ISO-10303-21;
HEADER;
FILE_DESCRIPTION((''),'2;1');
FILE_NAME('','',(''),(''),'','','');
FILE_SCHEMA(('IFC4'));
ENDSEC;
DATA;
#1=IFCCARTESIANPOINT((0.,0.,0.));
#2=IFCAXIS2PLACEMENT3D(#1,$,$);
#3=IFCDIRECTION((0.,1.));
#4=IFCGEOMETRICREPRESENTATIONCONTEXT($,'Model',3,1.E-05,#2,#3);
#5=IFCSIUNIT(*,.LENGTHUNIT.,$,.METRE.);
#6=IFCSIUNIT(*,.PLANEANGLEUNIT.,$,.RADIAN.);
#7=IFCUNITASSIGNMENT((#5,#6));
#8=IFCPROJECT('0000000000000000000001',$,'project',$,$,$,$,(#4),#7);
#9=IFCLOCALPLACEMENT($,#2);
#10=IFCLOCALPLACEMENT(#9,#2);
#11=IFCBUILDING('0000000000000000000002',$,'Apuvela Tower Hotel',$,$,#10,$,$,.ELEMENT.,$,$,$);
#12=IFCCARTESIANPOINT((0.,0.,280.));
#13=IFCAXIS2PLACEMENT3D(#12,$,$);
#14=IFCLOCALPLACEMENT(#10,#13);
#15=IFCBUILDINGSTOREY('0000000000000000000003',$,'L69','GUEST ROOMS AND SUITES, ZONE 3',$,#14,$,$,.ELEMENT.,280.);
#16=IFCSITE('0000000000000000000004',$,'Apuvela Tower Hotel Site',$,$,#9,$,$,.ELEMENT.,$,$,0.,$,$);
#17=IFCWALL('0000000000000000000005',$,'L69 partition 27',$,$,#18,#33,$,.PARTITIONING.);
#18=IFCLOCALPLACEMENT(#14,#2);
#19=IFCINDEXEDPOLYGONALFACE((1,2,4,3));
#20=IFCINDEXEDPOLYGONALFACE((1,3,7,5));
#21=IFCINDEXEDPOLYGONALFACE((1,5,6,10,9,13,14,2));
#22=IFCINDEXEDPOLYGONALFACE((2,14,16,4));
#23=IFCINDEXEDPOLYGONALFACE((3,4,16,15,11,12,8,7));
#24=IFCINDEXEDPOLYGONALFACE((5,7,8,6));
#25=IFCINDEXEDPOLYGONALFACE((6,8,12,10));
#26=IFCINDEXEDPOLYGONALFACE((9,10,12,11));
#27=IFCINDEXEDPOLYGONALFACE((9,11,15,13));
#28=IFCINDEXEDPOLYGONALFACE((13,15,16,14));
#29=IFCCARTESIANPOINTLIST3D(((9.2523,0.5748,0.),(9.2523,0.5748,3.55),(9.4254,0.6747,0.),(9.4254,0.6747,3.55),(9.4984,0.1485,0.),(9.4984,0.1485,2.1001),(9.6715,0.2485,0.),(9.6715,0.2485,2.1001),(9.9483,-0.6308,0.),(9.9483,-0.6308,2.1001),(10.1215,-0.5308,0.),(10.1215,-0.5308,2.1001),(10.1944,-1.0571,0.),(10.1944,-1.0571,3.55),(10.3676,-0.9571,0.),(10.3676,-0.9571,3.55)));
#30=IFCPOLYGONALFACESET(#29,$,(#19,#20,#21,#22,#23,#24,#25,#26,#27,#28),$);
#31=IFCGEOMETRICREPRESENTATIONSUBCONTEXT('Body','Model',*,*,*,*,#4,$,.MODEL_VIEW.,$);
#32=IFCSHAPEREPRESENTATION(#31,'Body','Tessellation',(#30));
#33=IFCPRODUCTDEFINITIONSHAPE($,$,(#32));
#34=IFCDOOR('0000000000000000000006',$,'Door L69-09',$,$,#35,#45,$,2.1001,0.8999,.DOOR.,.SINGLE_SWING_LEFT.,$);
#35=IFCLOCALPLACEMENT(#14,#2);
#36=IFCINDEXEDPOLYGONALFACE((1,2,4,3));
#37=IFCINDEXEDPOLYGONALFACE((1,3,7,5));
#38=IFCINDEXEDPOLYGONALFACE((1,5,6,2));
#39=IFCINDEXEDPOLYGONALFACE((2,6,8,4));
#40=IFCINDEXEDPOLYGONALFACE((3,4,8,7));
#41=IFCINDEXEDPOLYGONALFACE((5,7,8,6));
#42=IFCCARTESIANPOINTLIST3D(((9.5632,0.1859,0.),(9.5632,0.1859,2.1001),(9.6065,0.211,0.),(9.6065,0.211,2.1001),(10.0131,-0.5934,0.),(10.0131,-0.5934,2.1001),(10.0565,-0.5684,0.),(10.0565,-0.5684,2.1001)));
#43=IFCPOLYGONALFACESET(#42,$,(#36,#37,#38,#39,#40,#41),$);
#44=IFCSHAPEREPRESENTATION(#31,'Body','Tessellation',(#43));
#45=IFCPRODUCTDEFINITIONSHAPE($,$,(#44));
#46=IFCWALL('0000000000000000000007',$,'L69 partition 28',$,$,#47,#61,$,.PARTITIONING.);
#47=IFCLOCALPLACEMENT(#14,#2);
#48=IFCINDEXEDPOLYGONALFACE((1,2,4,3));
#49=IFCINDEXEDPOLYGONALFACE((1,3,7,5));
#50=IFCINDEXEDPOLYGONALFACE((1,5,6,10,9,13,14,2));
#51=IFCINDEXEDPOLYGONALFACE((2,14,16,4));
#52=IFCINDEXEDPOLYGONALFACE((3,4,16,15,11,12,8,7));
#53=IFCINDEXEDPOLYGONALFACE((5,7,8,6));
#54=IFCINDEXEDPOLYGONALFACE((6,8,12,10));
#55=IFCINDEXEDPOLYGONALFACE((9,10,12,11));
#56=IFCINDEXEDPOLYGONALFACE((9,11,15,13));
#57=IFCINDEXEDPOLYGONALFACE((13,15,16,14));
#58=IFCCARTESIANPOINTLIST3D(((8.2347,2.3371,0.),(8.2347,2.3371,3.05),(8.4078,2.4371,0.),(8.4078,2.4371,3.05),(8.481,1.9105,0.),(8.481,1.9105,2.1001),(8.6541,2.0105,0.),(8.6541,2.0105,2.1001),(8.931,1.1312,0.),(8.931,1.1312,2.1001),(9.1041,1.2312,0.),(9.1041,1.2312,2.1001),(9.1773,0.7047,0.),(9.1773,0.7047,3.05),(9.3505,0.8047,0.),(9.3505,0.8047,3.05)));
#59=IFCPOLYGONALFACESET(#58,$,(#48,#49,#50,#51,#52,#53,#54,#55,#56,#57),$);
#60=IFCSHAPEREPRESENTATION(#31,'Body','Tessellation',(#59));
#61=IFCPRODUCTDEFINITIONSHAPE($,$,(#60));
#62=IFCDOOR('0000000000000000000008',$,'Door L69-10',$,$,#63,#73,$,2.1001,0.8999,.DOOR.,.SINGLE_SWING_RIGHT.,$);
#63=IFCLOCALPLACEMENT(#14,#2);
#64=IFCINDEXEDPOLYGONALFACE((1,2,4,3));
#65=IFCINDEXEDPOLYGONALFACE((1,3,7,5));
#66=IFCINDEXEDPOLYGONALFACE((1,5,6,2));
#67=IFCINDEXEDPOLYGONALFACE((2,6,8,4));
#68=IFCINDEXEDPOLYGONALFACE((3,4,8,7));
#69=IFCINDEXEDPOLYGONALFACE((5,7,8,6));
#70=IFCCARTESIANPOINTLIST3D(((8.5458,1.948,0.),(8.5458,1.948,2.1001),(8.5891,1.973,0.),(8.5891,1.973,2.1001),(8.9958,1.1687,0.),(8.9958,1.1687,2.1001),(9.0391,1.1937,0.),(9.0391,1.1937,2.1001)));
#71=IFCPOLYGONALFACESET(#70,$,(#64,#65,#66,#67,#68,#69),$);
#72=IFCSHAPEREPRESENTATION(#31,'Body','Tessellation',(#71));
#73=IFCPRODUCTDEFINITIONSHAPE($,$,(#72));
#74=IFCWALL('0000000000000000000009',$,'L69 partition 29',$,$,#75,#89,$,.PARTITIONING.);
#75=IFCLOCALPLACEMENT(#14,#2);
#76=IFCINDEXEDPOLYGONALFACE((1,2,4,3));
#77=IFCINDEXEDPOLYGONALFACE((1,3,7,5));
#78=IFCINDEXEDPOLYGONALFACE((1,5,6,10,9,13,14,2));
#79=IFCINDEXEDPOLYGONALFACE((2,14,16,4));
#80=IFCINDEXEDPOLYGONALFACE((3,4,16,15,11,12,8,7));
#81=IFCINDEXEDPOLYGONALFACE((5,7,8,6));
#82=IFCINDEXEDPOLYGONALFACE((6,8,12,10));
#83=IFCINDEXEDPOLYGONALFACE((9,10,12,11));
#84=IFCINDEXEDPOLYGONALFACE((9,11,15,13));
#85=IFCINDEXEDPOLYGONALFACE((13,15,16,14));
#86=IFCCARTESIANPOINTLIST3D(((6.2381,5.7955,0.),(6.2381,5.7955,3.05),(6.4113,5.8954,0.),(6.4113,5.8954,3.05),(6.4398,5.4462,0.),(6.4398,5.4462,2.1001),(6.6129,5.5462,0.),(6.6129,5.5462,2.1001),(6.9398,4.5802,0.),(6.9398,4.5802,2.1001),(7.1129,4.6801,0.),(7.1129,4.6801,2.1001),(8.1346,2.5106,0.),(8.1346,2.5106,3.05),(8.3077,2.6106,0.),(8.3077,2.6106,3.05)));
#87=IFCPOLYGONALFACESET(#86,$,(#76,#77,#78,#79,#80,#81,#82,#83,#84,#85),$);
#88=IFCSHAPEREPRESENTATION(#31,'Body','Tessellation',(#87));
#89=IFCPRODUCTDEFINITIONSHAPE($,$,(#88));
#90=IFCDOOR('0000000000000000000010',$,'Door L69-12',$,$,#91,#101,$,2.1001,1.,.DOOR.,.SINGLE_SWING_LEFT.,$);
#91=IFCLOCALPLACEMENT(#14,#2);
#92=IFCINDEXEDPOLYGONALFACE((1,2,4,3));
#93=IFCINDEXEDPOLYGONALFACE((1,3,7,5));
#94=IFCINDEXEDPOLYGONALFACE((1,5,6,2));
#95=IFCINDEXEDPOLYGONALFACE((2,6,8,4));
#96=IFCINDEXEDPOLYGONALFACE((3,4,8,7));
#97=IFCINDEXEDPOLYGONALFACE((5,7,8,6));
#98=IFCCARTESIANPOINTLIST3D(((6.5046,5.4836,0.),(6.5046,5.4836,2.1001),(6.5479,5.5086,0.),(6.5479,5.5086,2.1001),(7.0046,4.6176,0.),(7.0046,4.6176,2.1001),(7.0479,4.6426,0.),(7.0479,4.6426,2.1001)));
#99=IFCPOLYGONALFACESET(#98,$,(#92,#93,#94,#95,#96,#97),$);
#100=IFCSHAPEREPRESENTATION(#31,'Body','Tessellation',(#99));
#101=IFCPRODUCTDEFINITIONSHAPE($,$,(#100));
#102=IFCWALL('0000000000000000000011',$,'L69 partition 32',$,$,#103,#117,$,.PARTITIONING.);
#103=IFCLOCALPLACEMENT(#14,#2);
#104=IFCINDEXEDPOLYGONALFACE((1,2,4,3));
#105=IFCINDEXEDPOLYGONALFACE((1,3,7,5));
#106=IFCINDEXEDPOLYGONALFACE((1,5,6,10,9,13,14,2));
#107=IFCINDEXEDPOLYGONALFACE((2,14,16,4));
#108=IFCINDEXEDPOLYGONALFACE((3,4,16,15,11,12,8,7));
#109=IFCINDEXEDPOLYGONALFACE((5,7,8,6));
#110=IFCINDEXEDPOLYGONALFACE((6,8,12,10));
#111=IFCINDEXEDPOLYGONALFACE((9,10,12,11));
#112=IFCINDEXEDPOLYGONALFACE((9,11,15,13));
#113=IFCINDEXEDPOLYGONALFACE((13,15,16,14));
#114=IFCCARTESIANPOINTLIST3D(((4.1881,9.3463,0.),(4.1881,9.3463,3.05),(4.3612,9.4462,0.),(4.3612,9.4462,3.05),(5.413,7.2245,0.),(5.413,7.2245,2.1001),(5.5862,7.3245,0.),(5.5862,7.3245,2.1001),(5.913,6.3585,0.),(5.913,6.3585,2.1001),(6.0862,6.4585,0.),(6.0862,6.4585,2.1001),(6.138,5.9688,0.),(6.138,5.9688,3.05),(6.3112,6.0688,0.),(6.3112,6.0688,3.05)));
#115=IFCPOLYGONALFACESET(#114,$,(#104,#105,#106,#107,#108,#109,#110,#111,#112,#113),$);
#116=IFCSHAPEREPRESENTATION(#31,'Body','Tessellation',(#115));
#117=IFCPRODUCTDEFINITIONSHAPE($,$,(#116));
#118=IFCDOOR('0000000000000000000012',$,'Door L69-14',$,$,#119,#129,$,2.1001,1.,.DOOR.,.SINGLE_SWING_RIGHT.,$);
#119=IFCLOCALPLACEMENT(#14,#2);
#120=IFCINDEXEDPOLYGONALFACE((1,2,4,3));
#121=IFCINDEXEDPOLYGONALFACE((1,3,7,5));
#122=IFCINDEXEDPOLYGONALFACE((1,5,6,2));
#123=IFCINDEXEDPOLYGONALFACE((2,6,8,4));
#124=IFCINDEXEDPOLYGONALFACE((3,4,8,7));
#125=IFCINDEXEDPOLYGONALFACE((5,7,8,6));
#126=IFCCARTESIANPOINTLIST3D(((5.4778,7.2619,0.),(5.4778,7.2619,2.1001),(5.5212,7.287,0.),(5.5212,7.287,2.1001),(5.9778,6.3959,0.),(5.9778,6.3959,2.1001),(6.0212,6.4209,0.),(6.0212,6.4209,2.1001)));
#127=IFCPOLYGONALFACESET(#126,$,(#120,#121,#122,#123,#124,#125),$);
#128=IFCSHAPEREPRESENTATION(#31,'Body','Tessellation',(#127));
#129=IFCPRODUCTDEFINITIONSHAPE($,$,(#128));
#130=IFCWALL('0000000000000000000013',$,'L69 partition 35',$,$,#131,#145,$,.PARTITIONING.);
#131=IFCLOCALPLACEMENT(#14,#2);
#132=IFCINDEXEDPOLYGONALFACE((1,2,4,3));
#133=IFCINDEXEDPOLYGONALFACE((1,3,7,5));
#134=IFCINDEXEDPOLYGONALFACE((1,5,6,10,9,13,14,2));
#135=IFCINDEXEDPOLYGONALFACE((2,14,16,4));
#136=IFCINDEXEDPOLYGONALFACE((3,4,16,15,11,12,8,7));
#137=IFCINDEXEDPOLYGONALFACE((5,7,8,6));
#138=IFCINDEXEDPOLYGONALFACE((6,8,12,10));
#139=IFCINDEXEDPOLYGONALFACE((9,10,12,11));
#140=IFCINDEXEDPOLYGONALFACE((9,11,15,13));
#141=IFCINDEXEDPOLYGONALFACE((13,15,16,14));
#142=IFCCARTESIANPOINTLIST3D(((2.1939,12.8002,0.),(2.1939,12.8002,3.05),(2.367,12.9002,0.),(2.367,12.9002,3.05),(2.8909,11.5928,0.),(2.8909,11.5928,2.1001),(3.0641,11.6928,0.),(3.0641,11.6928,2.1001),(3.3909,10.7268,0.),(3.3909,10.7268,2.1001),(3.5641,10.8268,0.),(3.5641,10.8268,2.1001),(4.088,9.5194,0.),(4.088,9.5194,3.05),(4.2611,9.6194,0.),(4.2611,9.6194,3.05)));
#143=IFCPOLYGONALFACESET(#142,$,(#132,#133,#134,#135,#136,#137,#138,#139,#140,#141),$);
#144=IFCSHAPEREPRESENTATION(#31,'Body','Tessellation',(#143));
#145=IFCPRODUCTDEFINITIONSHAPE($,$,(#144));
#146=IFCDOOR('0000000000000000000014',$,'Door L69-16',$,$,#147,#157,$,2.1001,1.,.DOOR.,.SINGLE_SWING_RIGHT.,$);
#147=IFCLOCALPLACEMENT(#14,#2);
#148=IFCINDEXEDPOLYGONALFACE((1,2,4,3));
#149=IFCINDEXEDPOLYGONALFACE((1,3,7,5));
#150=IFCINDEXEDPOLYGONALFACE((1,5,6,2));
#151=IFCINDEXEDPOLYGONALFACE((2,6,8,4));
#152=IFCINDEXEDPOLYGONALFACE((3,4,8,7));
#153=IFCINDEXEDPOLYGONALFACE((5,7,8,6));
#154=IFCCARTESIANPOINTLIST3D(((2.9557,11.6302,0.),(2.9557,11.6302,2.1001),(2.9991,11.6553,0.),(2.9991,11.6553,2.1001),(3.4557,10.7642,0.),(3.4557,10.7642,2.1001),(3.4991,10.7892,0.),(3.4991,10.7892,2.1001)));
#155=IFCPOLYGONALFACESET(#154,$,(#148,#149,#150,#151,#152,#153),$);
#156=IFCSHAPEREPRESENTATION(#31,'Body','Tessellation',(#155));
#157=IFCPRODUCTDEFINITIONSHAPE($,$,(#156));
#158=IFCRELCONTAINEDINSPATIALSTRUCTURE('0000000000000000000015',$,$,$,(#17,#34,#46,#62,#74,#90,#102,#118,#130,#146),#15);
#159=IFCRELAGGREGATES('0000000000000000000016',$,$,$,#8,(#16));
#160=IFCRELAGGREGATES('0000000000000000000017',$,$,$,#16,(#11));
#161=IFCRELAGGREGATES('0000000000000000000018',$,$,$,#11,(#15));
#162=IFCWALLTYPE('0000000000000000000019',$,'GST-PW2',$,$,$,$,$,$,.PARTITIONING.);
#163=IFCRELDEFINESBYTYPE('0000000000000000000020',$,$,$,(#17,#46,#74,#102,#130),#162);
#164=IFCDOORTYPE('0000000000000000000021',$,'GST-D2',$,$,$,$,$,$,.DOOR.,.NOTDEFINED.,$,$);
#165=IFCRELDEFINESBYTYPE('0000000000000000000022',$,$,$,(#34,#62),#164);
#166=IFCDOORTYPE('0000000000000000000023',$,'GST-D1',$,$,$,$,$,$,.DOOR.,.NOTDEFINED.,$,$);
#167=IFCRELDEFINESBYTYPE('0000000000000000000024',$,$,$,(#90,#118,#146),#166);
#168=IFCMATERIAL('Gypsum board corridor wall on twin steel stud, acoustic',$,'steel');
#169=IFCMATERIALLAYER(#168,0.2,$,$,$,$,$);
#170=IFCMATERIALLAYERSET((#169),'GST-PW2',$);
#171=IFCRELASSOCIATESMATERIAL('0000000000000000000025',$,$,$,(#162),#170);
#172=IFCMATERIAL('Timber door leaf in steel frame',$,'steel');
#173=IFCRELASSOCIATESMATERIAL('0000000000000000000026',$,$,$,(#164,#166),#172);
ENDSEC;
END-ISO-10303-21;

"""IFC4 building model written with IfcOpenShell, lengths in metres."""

from ifc_helpers import new_model, si_unit, direction, frame, frame_2d, origin, place, context, subcontext, project, spatial, rectangle, extrude, material, layer, layer_set, type_object, element, fill, save


model = new_model("IFC4")

# Units and contexts
model_context = context("Model", 3, precision=1e-05, world=origin(), true_north=direction((0.0, 1.0)))
body_context = subcontext(model_context, "Body", "Model", "MODEL_VIEW")
ifc_project = project(units=[si_unit("LENGTHUNIT", "METRE"), si_unit("PLANEANGLEUNIT", "RADIAN")], contexts=[model_context])

# Site, building, storey
site_placement = place(None, origin())
site = spatial("IfcSite", under=ifc_project, at=site_placement, Name="Apuvela Tower Hotel Site", CompositionType="ELEMENT", RefElevation=0.0)
building_placement = place(site_placement, origin())
building = spatial("IfcBuilding", under=site, at=building_placement, Name="Apuvela Tower Hotel", CompositionType="ELEMENT")
storey_placement = place(building_placement, frame((0.0, 0.0, 280.0)))
storey = spatial("IfcBuildingStorey", under=building, at=storey_placement, Name="L69", Description="GUEST ROOMS AND SUITES, ZONE 3", CompositionType="ELEMENT", Elevation=280.0)

# Walls, openings, doors
ifc_material_1 = material(Name="Gypsum board corridor wall on twin steel stud, acoustic", Category="steel")
ifc_layer_1 = layer(ifc_material_1, 0.2)
ifc_layer_set_1 = layer_set([ifc_layer_1], Name="GST-PW2")
wall_type_1 = type_object("IfcWallType", Name="GST-PW2", PredefinedType="PARTITIONING", material=ifc_layer_set_1)
wall_1_placement = place(storey_placement, frame((9.3389, 0.6248, 0.0), z_axis=(0.0, 0.0, 1.0), x_axis=(0.499999, -0.866026, 0.0)))
wall_1 = element("IfcWall", 1, at=wall_1_placement, inside=storey, type_object=wall_type_1, Name="L69 partition 27", PredefinedType="PARTITIONING", context=body_context, shape_type="SweptSolid", body=[
    extrude(rectangle(XDim=1.8843, YDim=0.2, at=frame_2d((0.9421, 0.0))), origin(), (0.0, 0.0, 1.0), 3.55),
])
opening_1_placement = place(wall_1_placement, frame((0.4922, 0.0, 0.0)))
opening_1 = element("IfcOpeningElement", 2, at=opening_1_placement, cuts=wall_1, PredefinedType="OPENING", context=body_context, shape_type="SweptSolid", body=[
    extrude(rectangle(XDim=0.8999, YDim=2.1001, at=frame_2d((0.45, 1.05))), frame((0.0, 0.1099, 0.0), z_axis=(0.0, -1.0, 0.0), x_axis=(1.0, 0.0, 0.0)), (0.0, 0.0, 1.0), 0.22),
])
ifc_material_2 = material(Name="Timber door leaf in steel frame", Category="steel")
door_type_1 = type_object("IfcDoorType", Name="GST-D2", OperationType="NOTDEFINED", PredefinedType="DOOR", material=ifc_material_2)
door_1_placement = place(opening_1_placement, origin())
door_1 = element("IfcDoor", 3, at=door_1_placement, inside=storey, type_object=door_type_1, Name="Door L69-09", OperationType="SINGLE_SWING_LEFT", OverallHeight=2.1001, OverallWidth=0.8999, PredefinedType="DOOR", context=body_context, shape_type="SweptSolid", body=[
    extrude(rectangle(XDim=0.8999, YDim=2.1001, at=frame_2d((0.45, 1.05))), frame((0.0, 0.0249, 0.0), z_axis=(0.0, -1.0, 0.0), x_axis=(1.0, 0.0, 0.0)), (0.0, 0.0, 1.0), 0.05),
])
fill(opening_1, door_1)
wall_2_placement = place(storey_placement, frame((8.3213, 2.387, 0.0), z_axis=(0.0, 0.0, 1.0), x_axis=(0.500081, -0.865979, 0.0)))
wall_2 = element("IfcWall", 4, at=wall_2_placement, inside=storey, type_object=wall_type_1, Name="L69 partition 28", PredefinedType="PARTITIONING", context=body_context, shape_type="SweptSolid", body=[
    extrude(rectangle(XDim=1.885, YDim=0.2, at=frame_2d((0.9424, 0.0))), origin(), (0.0, 0.0, 1.0), 3.05),
])
opening_2_placement = place(wall_2_placement, frame((0.4924, 0.0, 0.0)))
opening_2 = element("IfcOpeningElement", 5, at=opening_2_placement, cuts=wall_2, PredefinedType="OPENING", context=body_context, shape_type="SweptSolid", body=[
    extrude(rectangle(XDim=0.8999, YDim=2.1001, at=frame_2d((0.45, 1.05))), frame((0.0, 0.1099, 0.0), z_axis=(0.0, -1.0, 0.0), x_axis=(1.0, 0.0, 0.0)), (0.0, 0.0, 1.0), 0.22),
])
door_2_placement = place(opening_2_placement, origin())
door_2 = element("IfcDoor", 6, at=door_2_placement, inside=storey, type_object=door_type_1, Name="Door L69-10", OperationType="SINGLE_SWING_RIGHT", OverallHeight=2.1001, OverallWidth=0.8999, PredefinedType="DOOR", context=body_context, shape_type="SweptSolid", body=[
    extrude(rectangle(XDim=0.8999, YDim=2.1001, at=frame_2d((0.45, 1.05))), frame((0.0, 0.0249, 0.0), z_axis=(0.0, -1.0, 0.0), x_axis=(1.0, 0.0, 0.0)), (0.0, 0.0, 1.0), 0.05),
])
fill(opening_2, door_2)
wall_3_placement = place(storey_placement, frame((6.3247, 5.8455, 0.0), z_axis=(0.0, 0.0, 1.0), x_axis=(0.499988, -0.866032, 0.0)))
wall_3 = element("IfcWall", 7, at=wall_3_placement, inside=storey, type_object=wall_type_1, Name="L69 partition 29", PredefinedType="PARTITIONING", context=body_context, shape_type="SweptSolid", body=[
    extrude(rectangle(XDim=3.793, YDim=0.2, at=frame_2d((1.8965, 0.0))), origin(), (0.0, 0.0, 1.0), 3.05),
])
opening_3_placement = place(wall_3_placement, frame((0.4033, 0.0, 0.0)))
opening_3 = element("IfcOpeningElement", 8, at=opening_3_placement, cuts=wall_3, PredefinedType="OPENING", context=body_context, shape_type="SweptSolid", body=[
    extrude(rectangle(XDim=1.0, YDim=2.1001, at=frame_2d((0.5, 1.05))), frame((0.0, 0.1099, 0.0), z_axis=(0.0, -1.0, 0.0), x_axis=(1.0, 0.0, 0.0)), (0.0, 0.0, 1.0), 0.22),
])
door_type_2 = type_object("IfcDoorType", Name="GST-D1", OperationType="NOTDEFINED", PredefinedType="DOOR", material=ifc_material_2)
door_3_placement = place(opening_3_placement, origin())
door_3 = element("IfcDoor", 9, at=door_3_placement, inside=storey, type_object=door_type_2, Name="Door L69-12", OperationType="SINGLE_SWING_LEFT", OverallHeight=2.1001, OverallWidth=1.0, PredefinedType="DOOR", context=body_context, shape_type="SweptSolid", body=[
    extrude(rectangle(XDim=1.0, YDim=2.1001, at=frame_2d((0.5, 1.05))), frame((0.0, 0.0249, 0.0), z_axis=(0.0, -1.0, 0.0), x_axis=(1.0, 0.0, 0.0)), (0.0, 0.0, 1.0), 0.05),
])
fill(opening_3, door_3)
wall_4_placement = place(storey_placement, frame((4.2747, 9.3962, 0.0), z_axis=(0.0, 0.0, 1.0), x_axis=(0.499997, -0.866027, 0.0)))
wall_4 = element("IfcWall", 10, at=wall_4_placement, inside=storey, type_object=wall_type_1, Name="L69 partition 32", PredefinedType="PARTITIONING", context=body_context, shape_type="SweptSolid", body=[
    extrude(rectangle(XDim=3.8999, YDim=0.2, at=frame_2d((1.95, 0.0))), origin(), (0.0, 0.0, 1.0), 3.05),
])
opening_4_placement = place(wall_4_placement, frame((2.45, 0.0, 0.0)))
opening_4 = element("IfcOpeningElement", 11, at=opening_4_placement, cuts=wall_4, PredefinedType="OPENING", context=body_context, shape_type="SweptSolid", body=[
    extrude(rectangle(XDim=1.0, YDim=2.1001, at=frame_2d((0.5, 1.05))), frame((0.0, 0.1099, 0.0), z_axis=(0.0, -1.0, 0.0), x_axis=(1.0, 0.0, 0.0)), (0.0, 0.0, 1.0), 0.22),
])
door_4_placement = place(opening_4_placement, origin())
door_4 = element("IfcDoor", 12, at=door_4_placement, inside=storey, type_object=door_type_2, Name="Door L69-14", OperationType="SINGLE_SWING_RIGHT", OverallHeight=2.1001, OverallWidth=1.0, PredefinedType="DOOR", context=body_context, shape_type="SweptSolid", body=[
    extrude(rectangle(XDim=1.0, YDim=2.1001, at=frame_2d((0.5, 1.05))), frame((0.0, 0.0249, 0.0), z_axis=(0.0, -1.0, 0.0), x_axis=(1.0, 0.0, 0.0)), (0.0, 0.0, 1.0), 0.05),
])
fill(opening_4, door_4)
wall_5_placement = place(storey_placement, frame((2.2805, 12.8501, 0.0), z_axis=(0.0, 0.0, 1.0), x_axis=(0.499979, -0.866037, 0.0)))
wall_5 = element("IfcWall", 13, at=wall_5_placement, inside=storey, type_object=wall_type_1, Name="L69 partition 35", PredefinedType="PARTITIONING", context=body_context, shape_type="SweptSolid", body=[
    extrude(rectangle(XDim=3.7883, YDim=0.2, at=frame_2d((1.894, 0.0))), origin(), (0.0, 0.0, 1.0), 3.05),
])
opening_5_placement = place(wall_5_placement, frame((1.394, 0.0, 0.0)))
opening_5 = element("IfcOpeningElement", 14, at=opening_5_placement, cuts=wall_5, PredefinedType="OPENING", context=body_context, shape_type="SweptSolid", body=[
    extrude(rectangle(XDim=1.0, YDim=2.1001, at=frame_2d((0.5, 1.05))), frame((0.0, 0.1099, 0.0), z_axis=(0.0, -1.0, 0.0), x_axis=(1.0, 0.0, 0.0)), (0.0, 0.0, 1.0), 0.22),
])
door_5_placement = place(opening_5_placement, origin())
door_5 = element("IfcDoor", 15, at=door_5_placement, inside=storey, type_object=door_type_2, Name="Door L69-16", OperationType="SINGLE_SWING_RIGHT", OverallHeight=2.1001, OverallWidth=1.0, PredefinedType="DOOR", context=body_context, shape_type="SweptSolid", body=[
    extrude(rectangle(XDim=1.0, YDim=2.1001, at=frame_2d((0.5, 1.05))), frame((0.0, 0.0249, 0.0), z_axis=(0.0, -1.0, 0.0), x_axis=(1.0, 0.0, 0.0)), (0.0, 0.0, 1.0), 0.05),
])
fill(opening_5, door_5)

save(model, "model.ifc")
